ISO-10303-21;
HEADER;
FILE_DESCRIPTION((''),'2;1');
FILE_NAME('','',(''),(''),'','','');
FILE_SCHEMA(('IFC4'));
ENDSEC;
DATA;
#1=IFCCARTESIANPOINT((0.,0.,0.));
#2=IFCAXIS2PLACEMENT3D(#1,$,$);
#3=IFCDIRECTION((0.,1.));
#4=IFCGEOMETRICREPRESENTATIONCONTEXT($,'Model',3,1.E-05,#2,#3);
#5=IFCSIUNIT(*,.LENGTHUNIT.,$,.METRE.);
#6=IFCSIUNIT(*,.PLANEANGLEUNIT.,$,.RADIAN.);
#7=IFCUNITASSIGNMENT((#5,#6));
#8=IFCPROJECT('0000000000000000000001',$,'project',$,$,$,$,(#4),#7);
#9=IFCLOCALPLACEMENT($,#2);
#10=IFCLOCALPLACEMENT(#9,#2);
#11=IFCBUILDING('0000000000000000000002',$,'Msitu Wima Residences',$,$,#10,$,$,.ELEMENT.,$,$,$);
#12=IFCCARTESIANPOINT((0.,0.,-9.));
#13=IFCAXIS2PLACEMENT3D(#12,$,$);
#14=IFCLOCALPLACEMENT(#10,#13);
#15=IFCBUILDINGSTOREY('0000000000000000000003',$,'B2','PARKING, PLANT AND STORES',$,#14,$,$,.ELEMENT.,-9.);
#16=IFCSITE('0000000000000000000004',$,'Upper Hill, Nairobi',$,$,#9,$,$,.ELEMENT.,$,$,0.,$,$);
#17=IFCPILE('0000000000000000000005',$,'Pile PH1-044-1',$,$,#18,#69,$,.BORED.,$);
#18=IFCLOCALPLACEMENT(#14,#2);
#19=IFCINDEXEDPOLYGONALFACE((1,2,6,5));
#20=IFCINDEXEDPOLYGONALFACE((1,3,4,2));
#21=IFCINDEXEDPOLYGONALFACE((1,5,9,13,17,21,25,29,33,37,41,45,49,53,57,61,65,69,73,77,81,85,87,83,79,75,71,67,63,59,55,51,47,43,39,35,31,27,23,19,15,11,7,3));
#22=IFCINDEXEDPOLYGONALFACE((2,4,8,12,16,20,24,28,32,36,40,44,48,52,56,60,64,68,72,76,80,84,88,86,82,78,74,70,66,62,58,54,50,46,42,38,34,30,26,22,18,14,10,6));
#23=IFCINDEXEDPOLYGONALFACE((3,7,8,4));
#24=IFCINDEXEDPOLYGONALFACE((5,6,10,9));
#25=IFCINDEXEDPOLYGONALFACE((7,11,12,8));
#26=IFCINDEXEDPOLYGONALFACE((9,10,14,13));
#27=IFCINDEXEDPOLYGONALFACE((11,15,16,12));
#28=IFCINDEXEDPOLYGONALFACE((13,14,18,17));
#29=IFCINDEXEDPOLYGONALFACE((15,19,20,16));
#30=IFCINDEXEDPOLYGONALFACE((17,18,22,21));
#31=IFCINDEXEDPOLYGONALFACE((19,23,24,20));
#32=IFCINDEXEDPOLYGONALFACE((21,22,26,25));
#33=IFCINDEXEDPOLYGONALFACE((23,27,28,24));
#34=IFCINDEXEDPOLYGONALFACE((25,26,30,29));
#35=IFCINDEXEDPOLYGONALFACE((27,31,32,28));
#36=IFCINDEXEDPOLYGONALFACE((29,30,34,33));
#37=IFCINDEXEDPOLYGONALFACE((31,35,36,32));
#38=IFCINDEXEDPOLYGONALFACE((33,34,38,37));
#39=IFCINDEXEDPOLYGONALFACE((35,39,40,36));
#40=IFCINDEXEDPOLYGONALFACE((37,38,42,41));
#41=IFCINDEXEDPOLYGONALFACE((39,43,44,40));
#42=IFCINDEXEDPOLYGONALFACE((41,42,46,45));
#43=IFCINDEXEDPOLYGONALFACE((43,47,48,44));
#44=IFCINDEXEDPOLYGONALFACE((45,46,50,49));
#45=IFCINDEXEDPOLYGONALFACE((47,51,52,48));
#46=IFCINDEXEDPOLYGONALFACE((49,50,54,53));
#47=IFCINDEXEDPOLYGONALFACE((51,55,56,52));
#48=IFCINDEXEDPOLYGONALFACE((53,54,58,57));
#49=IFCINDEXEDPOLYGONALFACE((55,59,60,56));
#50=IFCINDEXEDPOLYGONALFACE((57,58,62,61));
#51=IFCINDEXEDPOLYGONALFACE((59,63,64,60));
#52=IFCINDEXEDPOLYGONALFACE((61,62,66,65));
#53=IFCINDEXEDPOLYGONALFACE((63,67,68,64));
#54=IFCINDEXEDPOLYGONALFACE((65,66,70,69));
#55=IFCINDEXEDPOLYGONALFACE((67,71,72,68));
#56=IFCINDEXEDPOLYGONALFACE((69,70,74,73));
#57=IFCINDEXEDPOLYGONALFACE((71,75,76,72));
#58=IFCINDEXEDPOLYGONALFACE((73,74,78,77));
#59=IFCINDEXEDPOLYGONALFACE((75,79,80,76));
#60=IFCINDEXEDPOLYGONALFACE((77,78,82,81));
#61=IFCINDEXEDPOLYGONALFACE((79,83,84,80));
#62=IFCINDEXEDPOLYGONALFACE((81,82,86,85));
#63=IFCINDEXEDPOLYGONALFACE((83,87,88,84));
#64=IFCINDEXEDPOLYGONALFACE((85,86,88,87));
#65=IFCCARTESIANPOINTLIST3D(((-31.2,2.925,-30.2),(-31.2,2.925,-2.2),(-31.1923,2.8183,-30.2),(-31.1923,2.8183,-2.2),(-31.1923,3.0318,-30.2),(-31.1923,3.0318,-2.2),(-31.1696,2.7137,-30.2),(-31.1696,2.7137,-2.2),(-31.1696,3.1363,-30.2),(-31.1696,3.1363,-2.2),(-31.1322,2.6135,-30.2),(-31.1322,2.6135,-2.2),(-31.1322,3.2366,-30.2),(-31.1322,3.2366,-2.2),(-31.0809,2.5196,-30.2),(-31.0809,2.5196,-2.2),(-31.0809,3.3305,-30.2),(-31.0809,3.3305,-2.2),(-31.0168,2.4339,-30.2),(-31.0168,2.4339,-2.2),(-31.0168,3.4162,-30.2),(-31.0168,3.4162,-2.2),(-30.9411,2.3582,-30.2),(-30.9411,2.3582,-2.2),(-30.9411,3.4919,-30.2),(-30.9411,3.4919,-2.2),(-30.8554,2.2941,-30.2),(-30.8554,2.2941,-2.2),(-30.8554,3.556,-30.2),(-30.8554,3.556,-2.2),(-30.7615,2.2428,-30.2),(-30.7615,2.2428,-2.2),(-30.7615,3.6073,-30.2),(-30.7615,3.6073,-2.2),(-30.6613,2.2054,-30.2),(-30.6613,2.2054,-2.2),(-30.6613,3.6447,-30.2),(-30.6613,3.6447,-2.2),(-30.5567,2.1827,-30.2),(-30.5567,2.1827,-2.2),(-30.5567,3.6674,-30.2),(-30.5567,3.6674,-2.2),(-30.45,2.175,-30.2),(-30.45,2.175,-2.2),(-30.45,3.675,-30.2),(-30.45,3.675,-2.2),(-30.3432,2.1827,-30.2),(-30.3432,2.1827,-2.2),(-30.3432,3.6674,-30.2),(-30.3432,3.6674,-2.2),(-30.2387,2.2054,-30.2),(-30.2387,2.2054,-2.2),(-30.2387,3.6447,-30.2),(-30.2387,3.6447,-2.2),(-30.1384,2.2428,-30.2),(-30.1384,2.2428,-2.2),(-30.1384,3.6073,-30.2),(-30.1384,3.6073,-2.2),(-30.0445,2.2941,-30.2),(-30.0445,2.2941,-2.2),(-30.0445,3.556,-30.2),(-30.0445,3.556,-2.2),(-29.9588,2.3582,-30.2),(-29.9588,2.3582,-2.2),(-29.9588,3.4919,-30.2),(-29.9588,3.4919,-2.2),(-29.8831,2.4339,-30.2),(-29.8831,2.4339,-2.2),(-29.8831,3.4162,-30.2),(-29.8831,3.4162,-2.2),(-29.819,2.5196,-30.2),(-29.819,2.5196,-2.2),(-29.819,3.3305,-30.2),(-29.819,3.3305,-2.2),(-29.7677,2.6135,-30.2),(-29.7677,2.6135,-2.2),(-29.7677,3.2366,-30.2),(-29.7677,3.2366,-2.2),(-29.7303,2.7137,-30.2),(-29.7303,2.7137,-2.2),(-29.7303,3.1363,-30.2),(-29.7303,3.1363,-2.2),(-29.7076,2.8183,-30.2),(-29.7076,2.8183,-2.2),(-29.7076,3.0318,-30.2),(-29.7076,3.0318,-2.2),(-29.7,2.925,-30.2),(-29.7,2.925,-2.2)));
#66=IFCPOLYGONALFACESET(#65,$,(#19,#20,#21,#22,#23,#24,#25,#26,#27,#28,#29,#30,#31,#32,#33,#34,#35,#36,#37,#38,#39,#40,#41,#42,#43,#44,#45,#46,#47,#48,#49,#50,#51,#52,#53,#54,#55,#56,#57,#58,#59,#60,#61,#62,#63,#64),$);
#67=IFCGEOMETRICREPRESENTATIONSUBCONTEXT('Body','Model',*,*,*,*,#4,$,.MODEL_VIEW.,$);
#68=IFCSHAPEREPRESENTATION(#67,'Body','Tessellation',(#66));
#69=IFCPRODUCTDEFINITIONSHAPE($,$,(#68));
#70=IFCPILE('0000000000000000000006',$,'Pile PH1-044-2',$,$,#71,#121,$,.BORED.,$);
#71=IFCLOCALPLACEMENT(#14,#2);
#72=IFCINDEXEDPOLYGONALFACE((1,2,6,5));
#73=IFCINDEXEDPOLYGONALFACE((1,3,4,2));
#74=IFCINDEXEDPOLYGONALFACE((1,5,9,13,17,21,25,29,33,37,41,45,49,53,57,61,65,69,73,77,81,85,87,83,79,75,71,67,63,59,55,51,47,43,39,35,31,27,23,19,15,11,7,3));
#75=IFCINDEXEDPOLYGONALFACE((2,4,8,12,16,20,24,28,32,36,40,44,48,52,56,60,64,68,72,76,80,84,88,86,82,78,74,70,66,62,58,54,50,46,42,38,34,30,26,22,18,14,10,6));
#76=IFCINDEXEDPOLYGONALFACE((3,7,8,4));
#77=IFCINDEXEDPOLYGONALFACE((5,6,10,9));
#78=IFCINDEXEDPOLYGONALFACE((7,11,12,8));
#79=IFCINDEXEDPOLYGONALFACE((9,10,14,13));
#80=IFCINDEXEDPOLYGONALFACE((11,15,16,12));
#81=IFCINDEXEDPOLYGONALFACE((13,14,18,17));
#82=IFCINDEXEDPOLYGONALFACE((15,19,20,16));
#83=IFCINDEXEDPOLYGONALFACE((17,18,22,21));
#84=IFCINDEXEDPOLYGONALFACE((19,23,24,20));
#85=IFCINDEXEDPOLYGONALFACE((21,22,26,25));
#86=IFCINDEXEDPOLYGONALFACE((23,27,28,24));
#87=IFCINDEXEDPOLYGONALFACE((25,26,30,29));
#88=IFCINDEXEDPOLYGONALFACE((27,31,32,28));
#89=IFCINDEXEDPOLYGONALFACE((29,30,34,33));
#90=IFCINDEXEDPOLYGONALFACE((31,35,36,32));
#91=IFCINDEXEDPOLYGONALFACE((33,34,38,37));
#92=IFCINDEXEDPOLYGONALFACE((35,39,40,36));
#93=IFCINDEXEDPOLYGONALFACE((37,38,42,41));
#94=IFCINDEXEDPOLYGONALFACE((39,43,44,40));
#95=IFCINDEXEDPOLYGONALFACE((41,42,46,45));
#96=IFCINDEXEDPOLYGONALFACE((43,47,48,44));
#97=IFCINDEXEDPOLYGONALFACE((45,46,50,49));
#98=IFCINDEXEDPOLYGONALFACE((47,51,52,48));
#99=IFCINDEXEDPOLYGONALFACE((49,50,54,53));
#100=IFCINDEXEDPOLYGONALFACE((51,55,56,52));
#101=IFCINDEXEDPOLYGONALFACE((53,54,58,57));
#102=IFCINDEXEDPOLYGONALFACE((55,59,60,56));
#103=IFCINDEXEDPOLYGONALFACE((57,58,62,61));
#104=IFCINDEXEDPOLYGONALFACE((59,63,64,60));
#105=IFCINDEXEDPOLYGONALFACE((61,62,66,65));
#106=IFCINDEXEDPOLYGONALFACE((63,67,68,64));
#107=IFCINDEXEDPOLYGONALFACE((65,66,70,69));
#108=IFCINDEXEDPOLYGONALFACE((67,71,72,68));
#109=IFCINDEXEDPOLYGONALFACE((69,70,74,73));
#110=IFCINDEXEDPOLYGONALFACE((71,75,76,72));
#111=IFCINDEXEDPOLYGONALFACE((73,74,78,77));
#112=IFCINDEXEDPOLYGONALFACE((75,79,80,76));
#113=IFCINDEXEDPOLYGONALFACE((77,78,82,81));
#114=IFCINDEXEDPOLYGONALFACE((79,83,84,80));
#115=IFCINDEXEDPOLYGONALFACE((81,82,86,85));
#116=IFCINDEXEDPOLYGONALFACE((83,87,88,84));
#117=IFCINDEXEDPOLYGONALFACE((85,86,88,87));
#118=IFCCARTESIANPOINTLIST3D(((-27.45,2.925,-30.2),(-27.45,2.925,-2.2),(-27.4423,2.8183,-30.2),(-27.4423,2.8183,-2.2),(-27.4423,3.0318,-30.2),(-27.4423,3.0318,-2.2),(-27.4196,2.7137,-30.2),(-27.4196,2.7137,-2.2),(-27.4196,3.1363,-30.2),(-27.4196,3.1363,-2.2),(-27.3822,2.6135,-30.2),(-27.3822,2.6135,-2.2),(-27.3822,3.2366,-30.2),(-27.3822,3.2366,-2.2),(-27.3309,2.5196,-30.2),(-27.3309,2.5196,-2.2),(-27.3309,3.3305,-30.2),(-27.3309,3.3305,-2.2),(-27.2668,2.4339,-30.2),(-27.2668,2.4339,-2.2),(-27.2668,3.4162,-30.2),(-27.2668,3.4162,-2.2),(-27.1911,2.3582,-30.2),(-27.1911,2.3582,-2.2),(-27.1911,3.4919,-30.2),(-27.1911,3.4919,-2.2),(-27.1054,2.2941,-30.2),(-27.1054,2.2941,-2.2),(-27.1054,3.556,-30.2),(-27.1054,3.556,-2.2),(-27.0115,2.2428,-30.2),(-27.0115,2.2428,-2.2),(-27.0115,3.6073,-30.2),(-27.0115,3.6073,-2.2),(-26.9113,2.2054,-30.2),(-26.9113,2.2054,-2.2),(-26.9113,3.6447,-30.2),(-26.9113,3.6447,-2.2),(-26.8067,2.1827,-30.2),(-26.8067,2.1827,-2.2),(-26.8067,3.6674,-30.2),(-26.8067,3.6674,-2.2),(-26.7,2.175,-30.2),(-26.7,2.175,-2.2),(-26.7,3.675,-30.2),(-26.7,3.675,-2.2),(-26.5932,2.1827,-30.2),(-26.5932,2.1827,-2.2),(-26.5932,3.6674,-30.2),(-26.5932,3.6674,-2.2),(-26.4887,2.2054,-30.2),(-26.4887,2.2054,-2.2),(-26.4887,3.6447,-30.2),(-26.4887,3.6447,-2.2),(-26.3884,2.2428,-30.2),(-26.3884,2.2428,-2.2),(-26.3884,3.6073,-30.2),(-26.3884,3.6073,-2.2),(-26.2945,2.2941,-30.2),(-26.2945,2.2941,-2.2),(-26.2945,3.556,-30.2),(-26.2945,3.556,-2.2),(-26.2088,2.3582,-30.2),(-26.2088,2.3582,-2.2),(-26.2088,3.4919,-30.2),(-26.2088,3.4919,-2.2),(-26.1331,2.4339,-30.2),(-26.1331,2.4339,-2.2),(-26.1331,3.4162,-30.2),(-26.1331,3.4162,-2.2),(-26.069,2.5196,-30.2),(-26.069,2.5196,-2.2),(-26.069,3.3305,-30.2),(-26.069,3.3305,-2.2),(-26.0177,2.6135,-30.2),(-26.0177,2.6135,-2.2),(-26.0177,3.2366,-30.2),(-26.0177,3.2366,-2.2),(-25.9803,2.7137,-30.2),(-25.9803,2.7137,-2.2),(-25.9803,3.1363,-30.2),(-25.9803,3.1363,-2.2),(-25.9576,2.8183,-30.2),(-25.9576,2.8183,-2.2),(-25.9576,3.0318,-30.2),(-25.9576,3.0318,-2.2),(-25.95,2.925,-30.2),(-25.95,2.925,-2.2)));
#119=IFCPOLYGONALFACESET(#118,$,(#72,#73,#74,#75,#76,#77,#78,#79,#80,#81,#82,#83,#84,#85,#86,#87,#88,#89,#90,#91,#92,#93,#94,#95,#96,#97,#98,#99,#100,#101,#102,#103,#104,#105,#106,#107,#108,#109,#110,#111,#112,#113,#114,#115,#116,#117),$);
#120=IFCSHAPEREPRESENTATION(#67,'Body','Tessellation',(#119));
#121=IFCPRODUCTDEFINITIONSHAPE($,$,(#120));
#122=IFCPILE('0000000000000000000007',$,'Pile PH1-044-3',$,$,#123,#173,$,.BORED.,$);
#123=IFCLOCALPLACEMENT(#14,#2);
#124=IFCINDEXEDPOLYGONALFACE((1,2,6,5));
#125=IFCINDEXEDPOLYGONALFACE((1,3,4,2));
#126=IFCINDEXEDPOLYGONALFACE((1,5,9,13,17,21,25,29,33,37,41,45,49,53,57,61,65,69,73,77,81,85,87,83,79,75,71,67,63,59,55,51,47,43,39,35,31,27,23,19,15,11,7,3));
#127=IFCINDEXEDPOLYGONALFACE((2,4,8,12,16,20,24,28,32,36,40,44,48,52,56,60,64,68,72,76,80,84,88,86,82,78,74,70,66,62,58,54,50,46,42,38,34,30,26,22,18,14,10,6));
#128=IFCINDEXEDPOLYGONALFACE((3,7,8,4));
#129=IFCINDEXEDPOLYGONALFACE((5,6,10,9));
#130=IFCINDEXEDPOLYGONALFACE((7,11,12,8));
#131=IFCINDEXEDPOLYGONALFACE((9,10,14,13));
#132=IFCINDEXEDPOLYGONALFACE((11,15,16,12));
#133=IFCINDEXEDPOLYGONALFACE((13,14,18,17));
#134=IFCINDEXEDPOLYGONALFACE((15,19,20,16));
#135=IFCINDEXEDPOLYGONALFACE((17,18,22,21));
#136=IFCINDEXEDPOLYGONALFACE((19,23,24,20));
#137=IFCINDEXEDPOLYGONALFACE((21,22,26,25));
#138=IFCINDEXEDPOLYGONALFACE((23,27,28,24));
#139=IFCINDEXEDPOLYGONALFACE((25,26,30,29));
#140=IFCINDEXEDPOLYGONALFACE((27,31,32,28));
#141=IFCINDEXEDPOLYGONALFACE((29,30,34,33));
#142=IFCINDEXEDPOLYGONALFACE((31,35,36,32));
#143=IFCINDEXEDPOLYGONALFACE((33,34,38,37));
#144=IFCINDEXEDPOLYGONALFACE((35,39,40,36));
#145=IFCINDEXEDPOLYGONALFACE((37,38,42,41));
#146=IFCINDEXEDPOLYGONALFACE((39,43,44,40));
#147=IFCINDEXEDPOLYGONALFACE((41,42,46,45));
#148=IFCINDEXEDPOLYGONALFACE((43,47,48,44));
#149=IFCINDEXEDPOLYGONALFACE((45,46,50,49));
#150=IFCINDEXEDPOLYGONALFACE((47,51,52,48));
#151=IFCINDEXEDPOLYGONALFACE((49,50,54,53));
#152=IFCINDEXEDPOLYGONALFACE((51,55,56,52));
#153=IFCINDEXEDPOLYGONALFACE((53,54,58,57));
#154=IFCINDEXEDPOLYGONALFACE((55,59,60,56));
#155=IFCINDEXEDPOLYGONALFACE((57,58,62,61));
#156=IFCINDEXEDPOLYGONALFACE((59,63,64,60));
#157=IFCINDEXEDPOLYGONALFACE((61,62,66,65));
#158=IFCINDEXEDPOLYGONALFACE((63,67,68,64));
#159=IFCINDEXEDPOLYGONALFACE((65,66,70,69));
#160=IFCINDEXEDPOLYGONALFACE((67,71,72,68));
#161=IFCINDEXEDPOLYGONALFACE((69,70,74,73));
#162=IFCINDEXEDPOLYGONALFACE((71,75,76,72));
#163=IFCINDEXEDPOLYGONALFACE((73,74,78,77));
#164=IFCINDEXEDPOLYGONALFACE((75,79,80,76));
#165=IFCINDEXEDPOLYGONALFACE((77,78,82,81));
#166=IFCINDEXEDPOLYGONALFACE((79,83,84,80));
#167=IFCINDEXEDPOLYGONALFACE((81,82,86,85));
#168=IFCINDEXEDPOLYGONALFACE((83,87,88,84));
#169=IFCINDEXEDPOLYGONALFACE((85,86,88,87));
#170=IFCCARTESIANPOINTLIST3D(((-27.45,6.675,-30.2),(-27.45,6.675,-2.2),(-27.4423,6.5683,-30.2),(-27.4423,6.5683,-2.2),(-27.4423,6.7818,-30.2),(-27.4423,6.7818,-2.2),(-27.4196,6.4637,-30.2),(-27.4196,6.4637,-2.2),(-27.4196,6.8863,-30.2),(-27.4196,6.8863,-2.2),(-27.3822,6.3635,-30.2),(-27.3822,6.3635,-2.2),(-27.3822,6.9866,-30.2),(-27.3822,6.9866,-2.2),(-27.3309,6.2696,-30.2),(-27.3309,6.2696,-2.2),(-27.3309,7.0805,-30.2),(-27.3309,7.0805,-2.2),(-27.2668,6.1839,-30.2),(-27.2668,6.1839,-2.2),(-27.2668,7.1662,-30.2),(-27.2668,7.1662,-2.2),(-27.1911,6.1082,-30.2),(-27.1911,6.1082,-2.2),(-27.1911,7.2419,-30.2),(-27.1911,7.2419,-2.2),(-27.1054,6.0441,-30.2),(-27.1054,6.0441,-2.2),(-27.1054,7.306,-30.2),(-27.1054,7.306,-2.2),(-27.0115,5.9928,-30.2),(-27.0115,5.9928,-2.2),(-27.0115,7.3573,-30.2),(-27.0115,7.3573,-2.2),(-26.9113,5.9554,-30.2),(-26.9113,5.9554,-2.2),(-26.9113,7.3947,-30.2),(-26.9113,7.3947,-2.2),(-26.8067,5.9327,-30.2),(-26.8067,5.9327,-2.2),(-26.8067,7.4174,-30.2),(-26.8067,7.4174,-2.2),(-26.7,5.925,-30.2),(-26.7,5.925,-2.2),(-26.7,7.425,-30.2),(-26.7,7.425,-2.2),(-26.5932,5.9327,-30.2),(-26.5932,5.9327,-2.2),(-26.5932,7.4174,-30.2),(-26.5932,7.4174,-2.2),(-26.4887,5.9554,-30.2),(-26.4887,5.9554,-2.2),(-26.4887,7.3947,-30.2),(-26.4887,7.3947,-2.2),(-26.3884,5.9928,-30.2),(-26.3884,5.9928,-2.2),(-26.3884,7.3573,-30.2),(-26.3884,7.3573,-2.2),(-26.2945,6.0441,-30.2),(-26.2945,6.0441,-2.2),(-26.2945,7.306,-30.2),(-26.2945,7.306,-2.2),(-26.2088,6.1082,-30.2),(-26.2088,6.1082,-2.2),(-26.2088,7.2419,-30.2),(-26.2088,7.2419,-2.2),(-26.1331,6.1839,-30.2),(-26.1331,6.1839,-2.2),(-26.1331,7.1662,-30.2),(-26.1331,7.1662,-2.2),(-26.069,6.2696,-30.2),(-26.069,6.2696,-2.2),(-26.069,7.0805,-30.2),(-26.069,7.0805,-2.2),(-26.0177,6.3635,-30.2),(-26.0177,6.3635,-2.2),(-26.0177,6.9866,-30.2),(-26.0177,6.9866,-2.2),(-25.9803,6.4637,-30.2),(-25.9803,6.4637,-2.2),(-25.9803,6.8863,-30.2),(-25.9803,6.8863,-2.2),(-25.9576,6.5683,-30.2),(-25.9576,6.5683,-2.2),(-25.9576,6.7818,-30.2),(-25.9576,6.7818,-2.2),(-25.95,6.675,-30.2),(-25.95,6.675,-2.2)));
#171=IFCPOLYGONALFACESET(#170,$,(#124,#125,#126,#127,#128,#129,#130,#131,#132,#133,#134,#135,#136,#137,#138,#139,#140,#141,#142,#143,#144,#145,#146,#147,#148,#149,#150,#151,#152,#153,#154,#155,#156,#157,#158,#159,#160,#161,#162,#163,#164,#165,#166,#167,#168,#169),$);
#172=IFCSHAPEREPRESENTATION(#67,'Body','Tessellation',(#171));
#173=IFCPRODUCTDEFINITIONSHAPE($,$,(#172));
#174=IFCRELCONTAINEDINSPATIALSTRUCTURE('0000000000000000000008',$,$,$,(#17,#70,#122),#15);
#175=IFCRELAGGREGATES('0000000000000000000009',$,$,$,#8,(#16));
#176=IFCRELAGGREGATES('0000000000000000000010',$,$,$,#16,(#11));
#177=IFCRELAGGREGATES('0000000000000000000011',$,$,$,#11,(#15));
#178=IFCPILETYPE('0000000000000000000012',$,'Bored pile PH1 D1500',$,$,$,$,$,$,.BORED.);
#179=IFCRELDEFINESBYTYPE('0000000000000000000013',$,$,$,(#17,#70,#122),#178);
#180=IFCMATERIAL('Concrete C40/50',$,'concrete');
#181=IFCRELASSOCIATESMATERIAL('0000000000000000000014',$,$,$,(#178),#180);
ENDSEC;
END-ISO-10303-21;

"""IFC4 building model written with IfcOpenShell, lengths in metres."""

from ifc_helpers import new_model, si_unit, direction, frame, origin, origin_2d, place, context, subcontext, project, spatial, circle, extrude, material, type_object, element, save


model = new_model("IFC4")

# Units and contexts
model_context = context("Model", 3, precision=1e-05, world=origin(), true_north=direction((0.0, 1.0)))
body_context = subcontext(model_context, "Body", "Model", "MODEL_VIEW")
ifc_project = project(units=[si_unit("LENGTHUNIT", "METRE"), si_unit("PLANEANGLEUNIT", "RADIAN")], contexts=[model_context])

# Site, building, storey
site_placement = place(None, origin())
site = spatial("IfcSite", under=ifc_project, at=site_placement, Name="Upper Hill, Nairobi", CompositionType="ELEMENT", RefElevation=0.0)
building_placement = place(site_placement, origin())
building = spatial("IfcBuilding", under=site, at=building_placement, Name="Msitu Wima Residences", CompositionType="ELEMENT")
storey_placement = place(building_placement, frame((0.0, 0.0, -9.0)))
storey = spatial("IfcBuildingStorey", under=building, at=storey_placement, Name="B2", Description="PARKING, PLANT AND STORES", CompositionType="ELEMENT", Elevation=-9.0)

# Piles
ifc_material_1 = material(Name="Concrete C40/50", Category="concrete")
pile_type_1 = type_object("IfcPileType", Name="Bored pile PH1 D1500", PredefinedType="BORED", material=ifc_material_1)
for number, where, z_axis, x_axis, name in (
    (1, (-30.45, 2.925, -2.2), (0.0, 0.0, -1.0), (1.0, 0.0, 0.0), "Pile PH1-044-1"),
    (2, (-26.7, 2.925, -2.2), (0.0, 0.0, -1.0), (1.0, 0.0, 0.0), "Pile PH1-044-2"),
    (3, (-26.7, 6.675, -2.2), (0.0, 0.0, -1.0), (1.0, 0.0, 0.0), "Pile PH1-044-3"),
):
    element("IfcPile", number, at=place(storey_placement, frame(where, z_axis=z_axis, x_axis=x_axis)), inside=storey, type_object=pile_type_1, Name=name, PredefinedType="BORED", context=body_context, shape_type="SweptSolid", body=[
        extrude(circle(Radius=0.75, at=origin_2d()), origin(), (0.0, 0.0, 1.0), 28.0),
    ])

save(model, "model.ifc")
